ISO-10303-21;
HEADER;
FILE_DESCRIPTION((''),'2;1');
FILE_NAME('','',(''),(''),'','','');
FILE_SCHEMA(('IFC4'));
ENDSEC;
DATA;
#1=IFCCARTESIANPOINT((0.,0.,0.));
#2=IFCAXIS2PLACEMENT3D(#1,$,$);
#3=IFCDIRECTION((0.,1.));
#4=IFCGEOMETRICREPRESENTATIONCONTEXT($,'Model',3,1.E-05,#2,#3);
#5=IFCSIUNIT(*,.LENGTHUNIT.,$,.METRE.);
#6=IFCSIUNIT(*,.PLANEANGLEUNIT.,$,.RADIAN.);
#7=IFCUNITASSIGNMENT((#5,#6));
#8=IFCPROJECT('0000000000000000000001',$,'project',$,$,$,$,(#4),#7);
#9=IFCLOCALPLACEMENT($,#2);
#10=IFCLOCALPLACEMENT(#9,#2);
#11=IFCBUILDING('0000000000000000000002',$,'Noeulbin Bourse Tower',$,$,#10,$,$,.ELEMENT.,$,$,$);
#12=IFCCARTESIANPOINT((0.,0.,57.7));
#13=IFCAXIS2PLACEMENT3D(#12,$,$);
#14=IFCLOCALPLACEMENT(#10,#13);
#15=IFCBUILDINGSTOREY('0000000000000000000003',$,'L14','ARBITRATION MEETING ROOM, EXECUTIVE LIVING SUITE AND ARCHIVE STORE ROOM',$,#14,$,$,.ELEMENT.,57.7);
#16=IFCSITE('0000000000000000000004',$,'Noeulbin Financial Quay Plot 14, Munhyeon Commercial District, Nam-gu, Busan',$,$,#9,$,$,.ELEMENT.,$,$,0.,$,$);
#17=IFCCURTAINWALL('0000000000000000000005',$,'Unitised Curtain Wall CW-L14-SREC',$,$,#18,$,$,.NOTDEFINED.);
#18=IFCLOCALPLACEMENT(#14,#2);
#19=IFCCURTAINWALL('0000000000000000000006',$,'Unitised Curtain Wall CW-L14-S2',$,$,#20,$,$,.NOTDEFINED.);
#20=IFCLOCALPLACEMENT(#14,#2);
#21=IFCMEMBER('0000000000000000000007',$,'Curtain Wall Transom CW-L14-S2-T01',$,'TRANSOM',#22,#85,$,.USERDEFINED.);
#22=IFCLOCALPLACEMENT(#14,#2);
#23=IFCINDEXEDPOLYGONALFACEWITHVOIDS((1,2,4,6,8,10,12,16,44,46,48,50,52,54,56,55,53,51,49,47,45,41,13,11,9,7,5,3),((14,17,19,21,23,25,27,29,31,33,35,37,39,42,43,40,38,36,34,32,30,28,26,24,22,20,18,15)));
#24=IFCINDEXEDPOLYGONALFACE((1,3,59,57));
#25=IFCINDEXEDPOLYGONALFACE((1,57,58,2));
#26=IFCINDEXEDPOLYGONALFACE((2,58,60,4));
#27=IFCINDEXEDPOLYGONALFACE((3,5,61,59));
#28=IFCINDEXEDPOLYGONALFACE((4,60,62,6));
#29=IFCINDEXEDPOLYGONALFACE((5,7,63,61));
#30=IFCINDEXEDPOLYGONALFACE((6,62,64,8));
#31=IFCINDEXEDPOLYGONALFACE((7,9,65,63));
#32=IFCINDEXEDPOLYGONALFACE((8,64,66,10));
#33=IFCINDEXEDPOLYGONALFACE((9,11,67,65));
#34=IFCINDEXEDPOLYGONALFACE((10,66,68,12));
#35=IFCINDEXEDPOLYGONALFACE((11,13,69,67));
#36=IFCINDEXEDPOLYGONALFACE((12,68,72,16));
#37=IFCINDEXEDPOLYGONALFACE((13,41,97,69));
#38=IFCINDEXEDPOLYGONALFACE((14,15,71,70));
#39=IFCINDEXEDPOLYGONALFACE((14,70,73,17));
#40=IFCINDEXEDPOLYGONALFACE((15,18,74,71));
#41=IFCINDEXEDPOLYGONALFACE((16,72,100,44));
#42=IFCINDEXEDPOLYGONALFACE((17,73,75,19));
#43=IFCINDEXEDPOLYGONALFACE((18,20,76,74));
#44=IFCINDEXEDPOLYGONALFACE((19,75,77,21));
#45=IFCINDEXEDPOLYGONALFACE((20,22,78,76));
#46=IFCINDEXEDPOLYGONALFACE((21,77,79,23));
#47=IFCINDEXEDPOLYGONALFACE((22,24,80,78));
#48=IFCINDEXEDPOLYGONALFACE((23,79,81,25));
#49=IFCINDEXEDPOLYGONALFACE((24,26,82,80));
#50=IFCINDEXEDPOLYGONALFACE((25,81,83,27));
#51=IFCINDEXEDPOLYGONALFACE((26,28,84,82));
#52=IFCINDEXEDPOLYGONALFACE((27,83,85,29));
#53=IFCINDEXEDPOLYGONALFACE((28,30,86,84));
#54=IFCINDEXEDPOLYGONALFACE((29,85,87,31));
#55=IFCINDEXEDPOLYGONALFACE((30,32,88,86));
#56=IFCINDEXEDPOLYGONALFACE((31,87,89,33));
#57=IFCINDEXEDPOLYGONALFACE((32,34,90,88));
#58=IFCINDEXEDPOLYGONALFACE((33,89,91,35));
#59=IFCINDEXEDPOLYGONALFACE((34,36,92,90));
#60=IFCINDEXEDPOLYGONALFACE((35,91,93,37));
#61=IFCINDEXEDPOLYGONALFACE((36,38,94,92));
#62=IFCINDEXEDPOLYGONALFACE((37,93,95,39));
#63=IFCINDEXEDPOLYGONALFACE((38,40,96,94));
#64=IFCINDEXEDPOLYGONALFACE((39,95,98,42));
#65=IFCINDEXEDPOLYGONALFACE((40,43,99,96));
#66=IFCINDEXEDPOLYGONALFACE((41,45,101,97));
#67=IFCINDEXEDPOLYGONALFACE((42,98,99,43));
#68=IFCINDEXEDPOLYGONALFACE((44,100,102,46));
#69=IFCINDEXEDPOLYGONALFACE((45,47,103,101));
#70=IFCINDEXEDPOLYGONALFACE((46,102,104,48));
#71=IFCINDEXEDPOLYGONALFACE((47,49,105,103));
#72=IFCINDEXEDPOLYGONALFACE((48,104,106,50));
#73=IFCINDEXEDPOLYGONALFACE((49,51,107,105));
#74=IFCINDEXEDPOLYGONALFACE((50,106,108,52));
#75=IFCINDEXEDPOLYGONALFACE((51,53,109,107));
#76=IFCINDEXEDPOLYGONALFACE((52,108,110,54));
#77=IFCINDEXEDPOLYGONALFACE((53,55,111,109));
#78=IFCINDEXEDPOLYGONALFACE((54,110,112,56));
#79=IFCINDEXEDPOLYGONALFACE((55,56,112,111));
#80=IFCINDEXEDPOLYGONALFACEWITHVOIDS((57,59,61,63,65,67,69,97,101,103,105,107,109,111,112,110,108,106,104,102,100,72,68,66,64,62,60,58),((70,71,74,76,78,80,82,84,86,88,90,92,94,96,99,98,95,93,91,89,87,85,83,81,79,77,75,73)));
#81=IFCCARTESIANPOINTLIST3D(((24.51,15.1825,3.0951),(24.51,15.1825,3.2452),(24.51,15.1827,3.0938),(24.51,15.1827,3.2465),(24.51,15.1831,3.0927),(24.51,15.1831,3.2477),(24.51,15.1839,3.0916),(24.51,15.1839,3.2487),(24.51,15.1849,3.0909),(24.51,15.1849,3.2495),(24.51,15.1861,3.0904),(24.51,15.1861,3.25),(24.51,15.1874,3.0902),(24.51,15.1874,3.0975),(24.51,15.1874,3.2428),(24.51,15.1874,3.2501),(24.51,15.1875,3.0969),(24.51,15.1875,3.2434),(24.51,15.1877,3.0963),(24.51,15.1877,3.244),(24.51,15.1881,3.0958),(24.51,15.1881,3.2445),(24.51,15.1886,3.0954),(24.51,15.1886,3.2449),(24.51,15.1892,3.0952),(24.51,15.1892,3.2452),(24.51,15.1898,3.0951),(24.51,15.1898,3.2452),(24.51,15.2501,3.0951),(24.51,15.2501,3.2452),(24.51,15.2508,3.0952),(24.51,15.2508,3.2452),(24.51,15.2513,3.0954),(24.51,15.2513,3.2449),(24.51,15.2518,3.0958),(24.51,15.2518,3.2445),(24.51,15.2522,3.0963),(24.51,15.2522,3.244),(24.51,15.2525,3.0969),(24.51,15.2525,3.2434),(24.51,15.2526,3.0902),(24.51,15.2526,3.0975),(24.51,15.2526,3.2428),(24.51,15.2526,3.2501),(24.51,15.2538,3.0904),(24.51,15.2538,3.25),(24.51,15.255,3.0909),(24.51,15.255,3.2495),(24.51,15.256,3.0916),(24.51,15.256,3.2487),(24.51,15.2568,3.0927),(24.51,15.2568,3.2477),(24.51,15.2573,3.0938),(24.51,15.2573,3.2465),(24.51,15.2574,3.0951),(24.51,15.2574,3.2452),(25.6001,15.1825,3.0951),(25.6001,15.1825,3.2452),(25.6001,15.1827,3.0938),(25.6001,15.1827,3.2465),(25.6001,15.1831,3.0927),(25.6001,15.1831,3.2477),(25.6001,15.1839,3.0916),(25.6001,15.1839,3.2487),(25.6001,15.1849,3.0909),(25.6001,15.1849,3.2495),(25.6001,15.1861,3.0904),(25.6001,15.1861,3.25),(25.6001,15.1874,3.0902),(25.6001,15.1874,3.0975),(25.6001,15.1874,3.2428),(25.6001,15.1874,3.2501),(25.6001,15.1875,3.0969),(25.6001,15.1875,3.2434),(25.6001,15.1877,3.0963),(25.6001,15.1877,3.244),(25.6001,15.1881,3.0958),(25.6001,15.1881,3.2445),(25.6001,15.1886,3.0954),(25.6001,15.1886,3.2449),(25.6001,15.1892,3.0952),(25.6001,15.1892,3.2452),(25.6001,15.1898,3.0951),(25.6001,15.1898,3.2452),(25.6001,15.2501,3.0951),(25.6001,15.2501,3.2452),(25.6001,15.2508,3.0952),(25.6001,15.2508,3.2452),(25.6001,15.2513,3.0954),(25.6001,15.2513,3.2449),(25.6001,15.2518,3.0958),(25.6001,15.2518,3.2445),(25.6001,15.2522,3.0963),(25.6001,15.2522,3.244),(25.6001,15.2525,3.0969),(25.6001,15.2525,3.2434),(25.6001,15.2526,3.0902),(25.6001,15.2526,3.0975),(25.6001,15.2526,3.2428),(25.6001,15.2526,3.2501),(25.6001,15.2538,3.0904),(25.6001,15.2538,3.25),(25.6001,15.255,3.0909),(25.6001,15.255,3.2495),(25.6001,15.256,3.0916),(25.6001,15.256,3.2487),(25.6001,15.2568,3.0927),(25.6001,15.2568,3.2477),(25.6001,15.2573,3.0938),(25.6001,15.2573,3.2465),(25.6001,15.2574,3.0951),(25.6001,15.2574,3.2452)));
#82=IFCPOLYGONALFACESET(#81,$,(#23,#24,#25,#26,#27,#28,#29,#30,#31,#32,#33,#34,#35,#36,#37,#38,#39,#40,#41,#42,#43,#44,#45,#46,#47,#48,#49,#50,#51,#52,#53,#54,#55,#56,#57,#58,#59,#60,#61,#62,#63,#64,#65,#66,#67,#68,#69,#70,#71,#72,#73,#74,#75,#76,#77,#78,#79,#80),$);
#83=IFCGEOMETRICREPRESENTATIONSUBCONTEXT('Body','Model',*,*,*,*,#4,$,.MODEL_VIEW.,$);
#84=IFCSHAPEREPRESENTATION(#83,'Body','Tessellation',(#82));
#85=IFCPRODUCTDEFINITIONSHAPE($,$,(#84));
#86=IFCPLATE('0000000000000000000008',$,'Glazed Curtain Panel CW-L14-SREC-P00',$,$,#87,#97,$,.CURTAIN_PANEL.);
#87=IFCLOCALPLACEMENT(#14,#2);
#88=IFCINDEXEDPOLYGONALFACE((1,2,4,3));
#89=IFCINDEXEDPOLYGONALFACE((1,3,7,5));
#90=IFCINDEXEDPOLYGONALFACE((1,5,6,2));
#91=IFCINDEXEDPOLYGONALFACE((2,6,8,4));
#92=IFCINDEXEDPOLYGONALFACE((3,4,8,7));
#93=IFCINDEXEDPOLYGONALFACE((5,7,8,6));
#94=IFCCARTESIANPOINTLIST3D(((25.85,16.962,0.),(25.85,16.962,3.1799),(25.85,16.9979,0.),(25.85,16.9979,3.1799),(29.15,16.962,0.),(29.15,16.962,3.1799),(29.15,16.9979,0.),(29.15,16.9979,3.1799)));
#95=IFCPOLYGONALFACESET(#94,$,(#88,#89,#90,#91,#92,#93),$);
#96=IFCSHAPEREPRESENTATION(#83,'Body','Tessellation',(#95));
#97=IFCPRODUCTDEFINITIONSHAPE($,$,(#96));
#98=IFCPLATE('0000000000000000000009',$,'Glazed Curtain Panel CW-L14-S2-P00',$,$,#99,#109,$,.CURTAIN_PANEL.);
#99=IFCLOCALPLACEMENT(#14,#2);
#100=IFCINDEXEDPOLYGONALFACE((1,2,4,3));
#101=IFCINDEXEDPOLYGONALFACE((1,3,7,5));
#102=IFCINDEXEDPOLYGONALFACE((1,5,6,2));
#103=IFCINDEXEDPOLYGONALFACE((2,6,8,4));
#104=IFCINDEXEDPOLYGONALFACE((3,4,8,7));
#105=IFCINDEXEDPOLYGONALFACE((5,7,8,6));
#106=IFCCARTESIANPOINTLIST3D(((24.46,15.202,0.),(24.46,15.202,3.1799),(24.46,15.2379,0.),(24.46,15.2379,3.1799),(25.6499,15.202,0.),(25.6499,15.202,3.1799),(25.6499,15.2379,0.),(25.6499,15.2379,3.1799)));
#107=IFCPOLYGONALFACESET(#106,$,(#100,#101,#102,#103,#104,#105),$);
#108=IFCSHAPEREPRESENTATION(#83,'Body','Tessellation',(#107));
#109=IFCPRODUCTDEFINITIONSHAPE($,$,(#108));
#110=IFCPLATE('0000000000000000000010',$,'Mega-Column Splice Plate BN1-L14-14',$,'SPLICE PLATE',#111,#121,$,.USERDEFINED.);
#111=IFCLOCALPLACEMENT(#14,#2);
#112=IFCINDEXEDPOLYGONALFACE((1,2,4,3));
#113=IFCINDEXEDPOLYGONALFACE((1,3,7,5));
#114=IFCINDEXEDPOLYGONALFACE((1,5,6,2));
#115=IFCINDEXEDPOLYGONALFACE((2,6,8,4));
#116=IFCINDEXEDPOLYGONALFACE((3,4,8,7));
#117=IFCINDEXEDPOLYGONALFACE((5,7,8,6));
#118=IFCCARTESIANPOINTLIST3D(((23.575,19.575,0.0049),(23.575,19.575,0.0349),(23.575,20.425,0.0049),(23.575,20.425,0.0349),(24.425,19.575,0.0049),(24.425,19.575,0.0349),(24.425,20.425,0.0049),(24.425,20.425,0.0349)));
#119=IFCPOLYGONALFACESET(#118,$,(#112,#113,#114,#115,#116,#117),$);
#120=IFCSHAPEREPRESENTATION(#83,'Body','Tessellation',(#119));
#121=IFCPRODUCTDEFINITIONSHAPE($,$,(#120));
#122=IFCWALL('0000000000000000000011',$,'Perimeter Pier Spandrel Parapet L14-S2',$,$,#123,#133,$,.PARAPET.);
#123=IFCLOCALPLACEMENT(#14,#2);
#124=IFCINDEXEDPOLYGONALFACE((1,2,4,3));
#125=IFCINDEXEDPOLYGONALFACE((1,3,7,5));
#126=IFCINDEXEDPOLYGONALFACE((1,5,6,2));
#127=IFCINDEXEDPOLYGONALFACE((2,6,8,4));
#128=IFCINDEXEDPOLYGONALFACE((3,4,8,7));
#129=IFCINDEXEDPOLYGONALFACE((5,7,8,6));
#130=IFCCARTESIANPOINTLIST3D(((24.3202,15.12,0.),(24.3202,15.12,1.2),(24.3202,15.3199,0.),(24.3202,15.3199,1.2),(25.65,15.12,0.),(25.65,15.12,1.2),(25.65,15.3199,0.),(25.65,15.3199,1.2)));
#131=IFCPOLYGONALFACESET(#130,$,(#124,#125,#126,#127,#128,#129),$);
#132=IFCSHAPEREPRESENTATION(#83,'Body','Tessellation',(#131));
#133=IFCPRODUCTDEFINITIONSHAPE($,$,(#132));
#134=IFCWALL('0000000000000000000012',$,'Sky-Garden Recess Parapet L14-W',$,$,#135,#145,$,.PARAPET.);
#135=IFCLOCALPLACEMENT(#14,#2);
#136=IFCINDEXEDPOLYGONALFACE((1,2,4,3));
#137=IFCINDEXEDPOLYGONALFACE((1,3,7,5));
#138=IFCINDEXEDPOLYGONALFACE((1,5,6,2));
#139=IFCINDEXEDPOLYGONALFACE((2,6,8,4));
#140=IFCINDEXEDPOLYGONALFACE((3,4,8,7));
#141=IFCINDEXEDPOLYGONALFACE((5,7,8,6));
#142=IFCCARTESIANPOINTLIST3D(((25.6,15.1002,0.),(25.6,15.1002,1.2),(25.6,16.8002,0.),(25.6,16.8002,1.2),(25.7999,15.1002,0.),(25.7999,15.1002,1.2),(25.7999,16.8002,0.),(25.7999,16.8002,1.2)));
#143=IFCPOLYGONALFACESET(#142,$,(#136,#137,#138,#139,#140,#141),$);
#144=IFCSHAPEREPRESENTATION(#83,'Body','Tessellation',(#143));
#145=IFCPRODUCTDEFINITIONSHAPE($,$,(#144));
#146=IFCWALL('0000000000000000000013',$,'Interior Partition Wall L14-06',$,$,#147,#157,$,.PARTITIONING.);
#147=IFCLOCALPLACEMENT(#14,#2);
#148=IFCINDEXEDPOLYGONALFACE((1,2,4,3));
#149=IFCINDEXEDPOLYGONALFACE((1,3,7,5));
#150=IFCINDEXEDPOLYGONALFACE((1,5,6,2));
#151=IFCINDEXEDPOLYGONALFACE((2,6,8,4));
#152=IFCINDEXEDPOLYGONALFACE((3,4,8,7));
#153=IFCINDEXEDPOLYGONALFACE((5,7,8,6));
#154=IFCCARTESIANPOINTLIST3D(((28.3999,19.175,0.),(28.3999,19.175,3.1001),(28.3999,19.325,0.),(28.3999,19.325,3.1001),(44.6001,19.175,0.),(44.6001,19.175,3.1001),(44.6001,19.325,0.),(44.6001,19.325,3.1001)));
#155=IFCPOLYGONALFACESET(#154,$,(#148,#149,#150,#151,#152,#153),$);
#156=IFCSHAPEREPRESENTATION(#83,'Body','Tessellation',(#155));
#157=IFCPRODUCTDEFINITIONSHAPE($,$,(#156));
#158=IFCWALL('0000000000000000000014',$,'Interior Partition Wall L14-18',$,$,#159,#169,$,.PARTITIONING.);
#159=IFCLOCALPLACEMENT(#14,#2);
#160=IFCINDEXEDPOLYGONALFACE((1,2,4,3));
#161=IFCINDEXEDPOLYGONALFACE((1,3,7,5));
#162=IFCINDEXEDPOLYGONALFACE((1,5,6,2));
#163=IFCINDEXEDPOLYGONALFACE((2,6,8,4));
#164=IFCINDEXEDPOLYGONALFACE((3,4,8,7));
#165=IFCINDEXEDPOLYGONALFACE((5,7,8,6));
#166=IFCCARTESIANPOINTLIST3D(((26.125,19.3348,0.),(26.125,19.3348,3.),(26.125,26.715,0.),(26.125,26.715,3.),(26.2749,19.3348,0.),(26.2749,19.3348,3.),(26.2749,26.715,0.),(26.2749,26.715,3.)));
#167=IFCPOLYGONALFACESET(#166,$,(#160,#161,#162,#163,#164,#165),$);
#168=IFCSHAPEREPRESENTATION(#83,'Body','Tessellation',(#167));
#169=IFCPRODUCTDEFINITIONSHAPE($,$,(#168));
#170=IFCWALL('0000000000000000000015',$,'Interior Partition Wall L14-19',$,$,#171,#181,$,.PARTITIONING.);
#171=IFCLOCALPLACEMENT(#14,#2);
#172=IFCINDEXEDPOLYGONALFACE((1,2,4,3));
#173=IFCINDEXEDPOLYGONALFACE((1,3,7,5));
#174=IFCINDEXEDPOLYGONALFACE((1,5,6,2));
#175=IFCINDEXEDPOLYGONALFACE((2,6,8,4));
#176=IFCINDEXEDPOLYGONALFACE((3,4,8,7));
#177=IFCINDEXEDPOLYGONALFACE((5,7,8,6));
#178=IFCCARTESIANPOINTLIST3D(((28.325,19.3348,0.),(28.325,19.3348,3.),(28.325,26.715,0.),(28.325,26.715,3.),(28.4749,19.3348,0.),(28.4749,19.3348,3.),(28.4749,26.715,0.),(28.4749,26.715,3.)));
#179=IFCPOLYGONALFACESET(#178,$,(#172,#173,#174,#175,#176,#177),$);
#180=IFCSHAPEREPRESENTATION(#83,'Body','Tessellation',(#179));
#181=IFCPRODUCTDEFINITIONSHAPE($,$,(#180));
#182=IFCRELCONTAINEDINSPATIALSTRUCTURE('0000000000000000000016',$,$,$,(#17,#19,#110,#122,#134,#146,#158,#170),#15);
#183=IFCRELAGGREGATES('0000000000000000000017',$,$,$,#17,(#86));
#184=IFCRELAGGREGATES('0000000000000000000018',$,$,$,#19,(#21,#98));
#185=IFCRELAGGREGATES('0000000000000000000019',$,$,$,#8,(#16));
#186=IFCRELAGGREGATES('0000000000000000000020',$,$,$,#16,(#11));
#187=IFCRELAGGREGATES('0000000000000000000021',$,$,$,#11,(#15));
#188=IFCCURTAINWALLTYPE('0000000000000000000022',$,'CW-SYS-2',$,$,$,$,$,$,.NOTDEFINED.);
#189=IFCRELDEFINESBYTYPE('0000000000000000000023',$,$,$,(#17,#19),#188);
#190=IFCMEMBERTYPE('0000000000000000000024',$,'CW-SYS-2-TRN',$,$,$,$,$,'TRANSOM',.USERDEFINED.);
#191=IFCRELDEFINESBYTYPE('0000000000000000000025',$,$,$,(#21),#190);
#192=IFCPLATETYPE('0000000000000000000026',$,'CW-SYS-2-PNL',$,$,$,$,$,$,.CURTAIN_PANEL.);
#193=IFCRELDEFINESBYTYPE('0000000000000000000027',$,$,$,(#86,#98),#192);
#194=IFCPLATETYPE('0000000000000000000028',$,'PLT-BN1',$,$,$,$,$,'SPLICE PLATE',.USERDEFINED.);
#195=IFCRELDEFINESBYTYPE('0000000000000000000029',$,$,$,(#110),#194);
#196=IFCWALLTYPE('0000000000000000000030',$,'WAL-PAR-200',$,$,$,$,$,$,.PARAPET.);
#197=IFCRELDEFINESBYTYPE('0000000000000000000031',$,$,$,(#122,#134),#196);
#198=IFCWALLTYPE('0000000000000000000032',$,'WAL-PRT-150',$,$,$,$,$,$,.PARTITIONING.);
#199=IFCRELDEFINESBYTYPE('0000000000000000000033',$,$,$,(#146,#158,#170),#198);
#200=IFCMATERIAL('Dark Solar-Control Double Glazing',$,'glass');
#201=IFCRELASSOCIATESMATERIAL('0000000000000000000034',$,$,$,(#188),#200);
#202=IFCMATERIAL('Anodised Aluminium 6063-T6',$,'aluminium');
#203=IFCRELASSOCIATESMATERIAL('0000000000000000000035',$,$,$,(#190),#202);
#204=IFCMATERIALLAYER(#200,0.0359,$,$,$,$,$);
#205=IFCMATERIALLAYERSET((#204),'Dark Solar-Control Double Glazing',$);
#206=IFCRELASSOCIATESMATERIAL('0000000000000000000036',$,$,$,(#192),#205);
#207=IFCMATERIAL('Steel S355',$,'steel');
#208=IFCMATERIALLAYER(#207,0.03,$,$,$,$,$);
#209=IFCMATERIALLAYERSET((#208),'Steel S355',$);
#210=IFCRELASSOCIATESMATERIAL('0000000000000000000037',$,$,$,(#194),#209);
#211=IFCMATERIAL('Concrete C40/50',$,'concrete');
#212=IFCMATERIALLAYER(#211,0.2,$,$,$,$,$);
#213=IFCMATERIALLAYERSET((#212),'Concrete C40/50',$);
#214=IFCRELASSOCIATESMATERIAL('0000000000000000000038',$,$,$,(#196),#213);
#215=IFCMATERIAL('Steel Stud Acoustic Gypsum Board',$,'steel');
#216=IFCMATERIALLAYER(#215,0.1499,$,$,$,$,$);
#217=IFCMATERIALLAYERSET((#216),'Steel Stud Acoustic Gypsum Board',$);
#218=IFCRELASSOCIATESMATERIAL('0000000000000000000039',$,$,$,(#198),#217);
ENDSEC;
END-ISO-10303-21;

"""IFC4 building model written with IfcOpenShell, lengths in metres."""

from ifc_helpers import new_model, si_unit, direction, frame, frame_2d, origin, origin_2d, place, context, subcontext, project, spatial, rectangle, hollow_rectangle, extrude, material, layer, layer_set, material_profile, profile_set, type_object, element, aggregate, save


model = new_model("IFC4")

# Units and contexts
model_context = context("Model", 3, precision=1e-05, world=origin(), true_north=direction((0.0, 1.0)))
body_context = subcontext(model_context, "Body", "Model", "MODEL_VIEW")
ifc_project = project(units=[si_unit("LENGTHUNIT", "METRE"), si_unit("PLANEANGLEUNIT", "RADIAN")], contexts=[model_context])

# Site, building, storey
site_placement = place(None, origin())
site = spatial("IfcSite", under=ifc_project, at=site_placement, Name="Noeulbin Financial Quay Plot 14, Munhyeon Commercial District, Nam-gu, Busan", CompositionType="ELEMENT", RefElevation=0.0)
building_placement = place(site_placement, origin())
building = spatial("IfcBuilding", under=site, at=building_placement, Name="Noeulbin Bourse Tower", CompositionType="ELEMENT")
storey_placement = place(building_placement, frame((0.0, 0.0, 57.7)))
storey = spatial("IfcBuildingStorey", under=building, at=storey_placement, Name="L14", Description="ARBITRATION MEETING ROOM, EXECUTIVE LIVING SUITE AND ARCHIVE STORE ROOM", CompositionType="ELEMENT", Elevation=57.7)

# Shared definitions
ifc_material_1 = material(Name="Steel S355", Category="steel")

# Curtain wall
ifc_material_2 = material(Name="Dark Solar-Control Double Glazing", Category="glass")
curtain_wall_type = type_object("IfcCurtainWallType", Name="CW-SYS-2", PredefinedType="NOTDEFINED", material=ifc_material_2)
curtain_wall_1_placement = place(storey_placement, origin())
curtain_wall_1 = element("IfcCurtainWall", 1, at=curtain_wall_1_placement, inside=storey, type_object=curtain_wall_type, Name="Unitised Curtain Wall CW-L14-SREC", PredefinedType="NOTDEFINED")
ifc_material_3 = material(Name="Anodised Aluminium 6063-T6", Category="aluminium")

# Curtain wall
curtain_wall_2_placement = place(storey_placement, origin())
curtain_wall_2 = element("IfcCurtainWall", 2, at=curtain_wall_2_placement, inside=storey, type_object=curtain_wall_type, Name="Unitised Curtain Wall CW-L14-S2", PredefinedType="NOTDEFINED")

# Member
ifc_material_profile_1 = material_profile(ifc_material_3, hollow_rectangle(XDim=0.075, YDim=0.1599, WallThickness=0.0049, InnerFilletRadius=0.0024, OuterFilletRadius=0.0049, at=origin_2d()), Name="ALU-TRAN-75x160x5", Category="LoadBearing")
ifc_profile_set_1 = profile_set([ifc_material_profile_1], Name="Anodised Aluminium 6063-T6")
member_type_1 = type_object("IfcMemberType", Name="CW-SYS-2-TRN", ElementType="TRANSOM", PredefinedType="USERDEFINED", material=ifc_profile_set_1)
member_1_placement = place(storey_placement, frame((24.51, 15.22, 3.1702), z_axis=(1.0, 0.0, 0.0), x_axis=(0.0, 1.0, 0.0)))
member_1 = element("IfcMember", 3, at=member_1_placement, type_object=member_type_1, Name="Curtain Wall Transom CW-L14-S2-T01", ObjectType="TRANSOM", PredefinedType="USERDEFINED", context=body_context, shape_type="SweptSolid", body=[
    extrude(hollow_rectangle(XDim=0.075, YDim=0.1599, WallThickness=0.0049, InnerFilletRadius=0.0024, OuterFilletRadius=0.0049, at=origin_2d()), origin(), (0.0, 0.0, 1.0), 1.0901),
])

# Plates
ifc_layer_1 = layer(ifc_material_2, 0.0359)
ifc_layer_set_1 = layer_set([ifc_layer_1], Name="Dark Solar-Control Double Glazing")
plate_type_1 = type_object("IfcPlateType", Name="CW-SYS-2-PNL", PredefinedType="CURTAIN_PANEL", material=ifc_layer_set_1)
plate_1_placement = place(storey_placement, frame((27.5, 16.98, 0.0), z_axis=(0.0, 0.0, 1.0), x_axis=(1.0, 0.0, 0.0)))
plate_1 = element("IfcPlate", 4, at=plate_1_placement, type_object=plate_type_1, Name="Glazed Curtain Panel CW-L14-SREC-P00", PredefinedType="CURTAIN_PANEL", context=body_context, shape_type="SweptSolid", body=[
    extrude(rectangle(XDim=3.3, YDim=0.0359, at=origin_2d()), origin(), (0.0, 0.0, 1.0), 3.1799),
])
aggregate(curtain_wall_1, [plate_1])
plate_2_placement = place(storey_placement, frame((25.0549, 15.22, 0.0), z_axis=(0.0, 0.0, 1.0), x_axis=(1.0, 0.0, 0.0)))
plate_2 = element("IfcPlate", 5, at=plate_2_placement, type_object=plate_type_1, Name="Glazed Curtain Panel CW-L14-S2-P00", PredefinedType="CURTAIN_PANEL", context=body_context, shape_type="SweptSolid", body=[
    extrude(rectangle(XDim=1.1899, YDim=0.0359, at=origin_2d()), origin(), (0.0, 0.0, 1.0), 3.1799),
])
aggregate(curtain_wall_2, [member_1, plate_2])
ifc_layer_2 = layer(ifc_material_1, 0.03)
ifc_layer_set_2 = layer_set([ifc_layer_2], Name="Steel S355")
plate_type_2 = type_object("IfcPlateType", Name="PLT-BN1", ElementType="SPLICE PLATE", PredefinedType="USERDEFINED", material=ifc_layer_set_2)
plate_3_placement = place(storey_placement, frame((24.0, 20.0, 0.0049), z_axis=(0.0, 0.0, 1.0), x_axis=(1.0, 0.0, 0.0)))
element("IfcPlate", 6, at=plate_3_placement, inside=storey, type_object=plate_type_2, Name="Mega-Column Splice Plate BN1-L14-14", ObjectType="SPLICE PLATE", PredefinedType="USERDEFINED", context=body_context, shape_type="SweptSolid", body=[
    extrude(rectangle(XDim=0.8501, YDim=0.8501, at=origin_2d()), origin(), (0.0, 0.0, 1.0), 0.03),
])

# Walls
ifc_material_4 = material(Name="Concrete C40/50", Category="concrete")
ifc_layer_3 = layer(ifc_material_4, 0.2)
ifc_layer_set_3 = layer_set([ifc_layer_3], Name="Concrete C40/50")
wall_type_1 = type_object("IfcWallType", Name="WAL-PAR-200", PredefinedType="PARAPET", material=ifc_layer_set_3)
wall_1_placement = place(storey_placement, frame((24.3201, 15.22, 0.0), z_axis=(0.0, 0.0, 1.0), x_axis=(1.0, 0.0, 0.0)))
element("IfcWall", 7, at=wall_1_placement, inside=storey, type_object=wall_type_1, Name="Perimeter Pier Spandrel Parapet L14-S2", PredefinedType="PARAPET", context=body_context, shape_type="SweptSolid", body=[
    extrude(rectangle(XDim=1.3298, YDim=0.2, at=frame_2d((0.665, 0.0))), origin(), (0.0, 0.0, 1.0), 1.2),
])
wall_2_placement = place(storey_placement, frame((25.7, 15.1001, 0.0), z_axis=(0.0, 0.0, 1.0), x_axis=(0.0, 1.0, 0.0)))
element("IfcWall", 8, at=wall_2_placement, inside=storey, type_object=wall_type_1, Name="Sky-Garden Recess Parapet L14-W", PredefinedType="PARAPET", context=body_context, shape_type="SweptSolid", body=[
    extrude(rectangle(XDim=1.7, YDim=0.2, at=frame_2d((0.8501, 0.0))), origin(), (0.0, 0.0, 1.0), 1.2),
])
ifc_material_5 = material(Name="Steel Stud Acoustic Gypsum Board", Category="steel")
ifc_layer_4 = layer(ifc_material_5, 0.1499)
ifc_layer_set_4 = layer_set([ifc_layer_4], Name="Steel Stud Acoustic Gypsum Board")
wall_type_2 = type_object("IfcWallType", Name="WAL-PRT-150", PredefinedType="PARTITIONING", material=ifc_layer_set_4)
wall_3_placement = place(storey_placement, frame((28.3999, 19.25, 0.0), z_axis=(0.0, 0.0, 1.0), x_axis=(1.0, 0.0, 0.0)))
element("IfcWall", 9, at=wall_3_placement, inside=storey, type_object=wall_type_2, Name="Interior Partition Wall L14-06", PredefinedType="PARTITIONING", context=body_context, shape_type="SweptSolid", body=[
    extrude(rectangle(XDim=16.2002, YDim=0.1499, at=frame_2d((8.1001, 0.0))), origin(), (0.0, 0.0, 1.0), 3.1001),
])
for number, where, z_axis, x_axis, name in (
    (10, (26.2, 19.335, 0.0), (0.0, 0.0, 1.0), (0.0, 1.0, 0.0), "Interior Partition Wall L14-18"),
    (11, (28.3999, 19.335, 0.0), (0.0, 0.0, 1.0), (0.0, 1.0, 0.0), "Interior Partition Wall L14-19"),
):
    element("IfcWall", number, at=place(storey_placement, frame(where, z_axis=z_axis, x_axis=x_axis)), inside=storey, type_object=wall_type_2, Name=name, PredefinedType="PARTITIONING", context=body_context, shape_type="SweptSolid", body=[
        extrude(rectangle(XDim=7.3801, YDim=0.1499, at=frame_2d((3.6899, 0.0))), origin(), (0.0, 0.0, 1.0), 3.0),
    ])

save(model, "model.ifc")
